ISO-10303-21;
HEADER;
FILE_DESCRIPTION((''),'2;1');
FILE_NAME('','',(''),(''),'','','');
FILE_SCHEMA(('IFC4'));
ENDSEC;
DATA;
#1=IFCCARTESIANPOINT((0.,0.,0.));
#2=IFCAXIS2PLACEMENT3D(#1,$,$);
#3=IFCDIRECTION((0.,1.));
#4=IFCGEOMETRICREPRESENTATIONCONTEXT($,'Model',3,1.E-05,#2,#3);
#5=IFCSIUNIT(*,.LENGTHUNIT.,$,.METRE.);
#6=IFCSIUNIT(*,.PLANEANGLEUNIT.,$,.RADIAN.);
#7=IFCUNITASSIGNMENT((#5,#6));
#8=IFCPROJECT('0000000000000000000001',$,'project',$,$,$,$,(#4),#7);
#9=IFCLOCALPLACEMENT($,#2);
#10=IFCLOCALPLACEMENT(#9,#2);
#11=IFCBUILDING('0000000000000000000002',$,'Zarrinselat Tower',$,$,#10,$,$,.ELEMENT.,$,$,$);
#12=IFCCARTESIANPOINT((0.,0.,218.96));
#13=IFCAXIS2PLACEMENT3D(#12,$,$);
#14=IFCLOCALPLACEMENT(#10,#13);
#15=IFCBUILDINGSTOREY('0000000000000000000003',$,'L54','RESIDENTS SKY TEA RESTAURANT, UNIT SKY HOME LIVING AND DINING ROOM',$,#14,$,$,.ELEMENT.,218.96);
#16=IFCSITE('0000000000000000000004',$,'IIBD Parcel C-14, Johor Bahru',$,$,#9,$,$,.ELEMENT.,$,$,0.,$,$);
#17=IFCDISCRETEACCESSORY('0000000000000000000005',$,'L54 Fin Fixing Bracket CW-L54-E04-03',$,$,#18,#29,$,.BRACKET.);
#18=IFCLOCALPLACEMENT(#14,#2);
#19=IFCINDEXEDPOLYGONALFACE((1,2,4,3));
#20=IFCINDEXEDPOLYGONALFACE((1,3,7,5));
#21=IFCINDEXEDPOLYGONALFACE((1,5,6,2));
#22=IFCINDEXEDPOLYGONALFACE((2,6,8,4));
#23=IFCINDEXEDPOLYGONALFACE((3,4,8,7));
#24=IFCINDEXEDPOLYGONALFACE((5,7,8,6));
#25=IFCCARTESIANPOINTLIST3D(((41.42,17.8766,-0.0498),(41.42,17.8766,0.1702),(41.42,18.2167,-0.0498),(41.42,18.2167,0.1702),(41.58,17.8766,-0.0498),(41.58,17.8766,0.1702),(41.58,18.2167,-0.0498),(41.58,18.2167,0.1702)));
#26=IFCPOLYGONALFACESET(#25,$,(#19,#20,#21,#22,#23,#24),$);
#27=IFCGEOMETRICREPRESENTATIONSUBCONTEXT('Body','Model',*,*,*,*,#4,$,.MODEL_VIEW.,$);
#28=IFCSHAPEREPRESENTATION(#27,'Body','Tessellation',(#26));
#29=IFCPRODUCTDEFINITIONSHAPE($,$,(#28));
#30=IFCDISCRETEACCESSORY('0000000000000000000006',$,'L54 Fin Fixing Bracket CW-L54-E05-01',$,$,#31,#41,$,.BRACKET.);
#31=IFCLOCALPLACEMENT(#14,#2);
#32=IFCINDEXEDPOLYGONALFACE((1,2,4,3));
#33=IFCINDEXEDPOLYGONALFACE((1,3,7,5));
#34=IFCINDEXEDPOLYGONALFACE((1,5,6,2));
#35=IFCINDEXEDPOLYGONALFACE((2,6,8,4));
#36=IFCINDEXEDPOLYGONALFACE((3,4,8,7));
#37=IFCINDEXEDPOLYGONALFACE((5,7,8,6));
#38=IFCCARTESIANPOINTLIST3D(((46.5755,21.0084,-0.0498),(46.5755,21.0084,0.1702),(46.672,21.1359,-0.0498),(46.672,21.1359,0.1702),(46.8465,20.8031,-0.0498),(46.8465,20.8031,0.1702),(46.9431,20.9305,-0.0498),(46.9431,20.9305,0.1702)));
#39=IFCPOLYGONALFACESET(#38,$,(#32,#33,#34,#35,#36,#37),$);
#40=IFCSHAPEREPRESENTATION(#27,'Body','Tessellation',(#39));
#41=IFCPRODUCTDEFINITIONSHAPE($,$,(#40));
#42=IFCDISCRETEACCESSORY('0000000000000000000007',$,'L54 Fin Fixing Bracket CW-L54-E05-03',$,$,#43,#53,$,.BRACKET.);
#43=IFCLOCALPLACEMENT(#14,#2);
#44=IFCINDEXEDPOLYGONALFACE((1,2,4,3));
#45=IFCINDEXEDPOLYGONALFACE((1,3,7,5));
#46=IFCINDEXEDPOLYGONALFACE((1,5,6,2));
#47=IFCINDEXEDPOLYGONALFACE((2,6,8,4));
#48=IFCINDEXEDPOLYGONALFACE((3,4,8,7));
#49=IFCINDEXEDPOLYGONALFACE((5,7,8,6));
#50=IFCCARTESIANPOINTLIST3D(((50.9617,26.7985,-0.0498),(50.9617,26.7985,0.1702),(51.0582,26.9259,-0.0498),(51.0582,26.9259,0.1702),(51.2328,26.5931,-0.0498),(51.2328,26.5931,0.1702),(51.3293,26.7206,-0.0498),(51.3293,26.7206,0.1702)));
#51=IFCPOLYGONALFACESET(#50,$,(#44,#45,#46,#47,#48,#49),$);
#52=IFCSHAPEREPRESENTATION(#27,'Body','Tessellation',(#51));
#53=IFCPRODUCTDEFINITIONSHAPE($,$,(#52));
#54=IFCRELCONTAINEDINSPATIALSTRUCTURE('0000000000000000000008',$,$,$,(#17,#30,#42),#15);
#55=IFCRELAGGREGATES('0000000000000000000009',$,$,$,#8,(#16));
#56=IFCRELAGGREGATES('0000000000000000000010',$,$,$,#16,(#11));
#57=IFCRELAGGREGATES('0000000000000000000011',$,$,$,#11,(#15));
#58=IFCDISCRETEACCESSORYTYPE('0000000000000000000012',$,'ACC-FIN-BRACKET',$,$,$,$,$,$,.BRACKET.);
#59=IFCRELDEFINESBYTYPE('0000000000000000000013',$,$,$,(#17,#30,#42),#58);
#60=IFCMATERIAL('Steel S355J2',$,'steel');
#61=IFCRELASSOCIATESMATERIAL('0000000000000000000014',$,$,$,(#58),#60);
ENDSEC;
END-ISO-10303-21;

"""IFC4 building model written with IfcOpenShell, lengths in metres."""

from ifc_helpers import new_model, si_unit, direction, frame, origin, origin_2d, place, context, subcontext, project, spatial, rectangle, extrude, material, type_object, element, save


model = new_model("IFC4")

# Units and contexts
model_context = context("Model", 3, precision=1e-05, world=origin(), true_north=direction((0.0, 1.0)))
body_context = subcontext(model_context, "Body", "Model", "MODEL_VIEW")
ifc_project = project(units=[si_unit("LENGTHUNIT", "METRE"), si_unit("PLANEANGLEUNIT", "RADIAN")], contexts=[model_context])

# Site, building, storey
site_placement = place(None, origin())
site = spatial("IfcSite", under=ifc_project, at=site_placement, Name="IIBD Parcel C-14, Johor Bahru", CompositionType="ELEMENT", RefElevation=0.0)
building_placement = place(site_placement, origin())
building = spatial("IfcBuilding", under=site, at=building_placement, Name="Zarrinselat Tower", CompositionType="ELEMENT")
storey_placement = place(building_placement, frame((0.0, 0.0, 218.96)))
storey = spatial("IfcBuildingStorey", under=building, at=storey_placement, Name="L54", Description="RESIDENTS SKY TEA RESTAURANT, UNIT SKY HOME LIVING AND DINING ROOM", CompositionType="ELEMENT", Elevation=218.96)

# Discrete accessories
ifc_material_1 = material(Name="Steel S355J2", Category="steel")
discrete_accessory_type = type_object("IfcDiscreteAccessoryType", Name="ACC-FIN-BRACKET", PredefinedType="BRACKET", material=ifc_material_1)
for number, where, z_axis, x_axis, name in (
    (1, (41.5, 18.0466, -0.0498), (0.0, 0.0, 1.0), (0.0, -1.0, 0.0), "L54 Fin Fixing Bracket CW-L54-E04-03"),
    (2, (46.7593, 20.9695, -0.0498), (0.0, 0.0, 1.0), (0.797091, -0.603859, 0.0), "L54 Fin Fixing Bracket CW-L54-E05-01"),
    (3, (51.1455, 26.7595, -0.0498), (0.0, 0.0, 1.0), (0.797091, -0.603859, 0.0), "L54 Fin Fixing Bracket CW-L54-E05-03"),
):
    element("IfcDiscreteAccessory", number, at=place(storey_placement, frame(where, z_axis=z_axis, x_axis=x_axis)), inside=storey, type_object=discrete_accessory_type, Name=name, PredefinedType="BRACKET", context=body_context, shape_type="SweptSolid", body=[
        extrude(rectangle(XDim=0.3401, YDim=0.1599, at=origin_2d()), origin(), (0.0, 0.0, 1.0), 0.22),
    ])

save(model, "model.ifc")
